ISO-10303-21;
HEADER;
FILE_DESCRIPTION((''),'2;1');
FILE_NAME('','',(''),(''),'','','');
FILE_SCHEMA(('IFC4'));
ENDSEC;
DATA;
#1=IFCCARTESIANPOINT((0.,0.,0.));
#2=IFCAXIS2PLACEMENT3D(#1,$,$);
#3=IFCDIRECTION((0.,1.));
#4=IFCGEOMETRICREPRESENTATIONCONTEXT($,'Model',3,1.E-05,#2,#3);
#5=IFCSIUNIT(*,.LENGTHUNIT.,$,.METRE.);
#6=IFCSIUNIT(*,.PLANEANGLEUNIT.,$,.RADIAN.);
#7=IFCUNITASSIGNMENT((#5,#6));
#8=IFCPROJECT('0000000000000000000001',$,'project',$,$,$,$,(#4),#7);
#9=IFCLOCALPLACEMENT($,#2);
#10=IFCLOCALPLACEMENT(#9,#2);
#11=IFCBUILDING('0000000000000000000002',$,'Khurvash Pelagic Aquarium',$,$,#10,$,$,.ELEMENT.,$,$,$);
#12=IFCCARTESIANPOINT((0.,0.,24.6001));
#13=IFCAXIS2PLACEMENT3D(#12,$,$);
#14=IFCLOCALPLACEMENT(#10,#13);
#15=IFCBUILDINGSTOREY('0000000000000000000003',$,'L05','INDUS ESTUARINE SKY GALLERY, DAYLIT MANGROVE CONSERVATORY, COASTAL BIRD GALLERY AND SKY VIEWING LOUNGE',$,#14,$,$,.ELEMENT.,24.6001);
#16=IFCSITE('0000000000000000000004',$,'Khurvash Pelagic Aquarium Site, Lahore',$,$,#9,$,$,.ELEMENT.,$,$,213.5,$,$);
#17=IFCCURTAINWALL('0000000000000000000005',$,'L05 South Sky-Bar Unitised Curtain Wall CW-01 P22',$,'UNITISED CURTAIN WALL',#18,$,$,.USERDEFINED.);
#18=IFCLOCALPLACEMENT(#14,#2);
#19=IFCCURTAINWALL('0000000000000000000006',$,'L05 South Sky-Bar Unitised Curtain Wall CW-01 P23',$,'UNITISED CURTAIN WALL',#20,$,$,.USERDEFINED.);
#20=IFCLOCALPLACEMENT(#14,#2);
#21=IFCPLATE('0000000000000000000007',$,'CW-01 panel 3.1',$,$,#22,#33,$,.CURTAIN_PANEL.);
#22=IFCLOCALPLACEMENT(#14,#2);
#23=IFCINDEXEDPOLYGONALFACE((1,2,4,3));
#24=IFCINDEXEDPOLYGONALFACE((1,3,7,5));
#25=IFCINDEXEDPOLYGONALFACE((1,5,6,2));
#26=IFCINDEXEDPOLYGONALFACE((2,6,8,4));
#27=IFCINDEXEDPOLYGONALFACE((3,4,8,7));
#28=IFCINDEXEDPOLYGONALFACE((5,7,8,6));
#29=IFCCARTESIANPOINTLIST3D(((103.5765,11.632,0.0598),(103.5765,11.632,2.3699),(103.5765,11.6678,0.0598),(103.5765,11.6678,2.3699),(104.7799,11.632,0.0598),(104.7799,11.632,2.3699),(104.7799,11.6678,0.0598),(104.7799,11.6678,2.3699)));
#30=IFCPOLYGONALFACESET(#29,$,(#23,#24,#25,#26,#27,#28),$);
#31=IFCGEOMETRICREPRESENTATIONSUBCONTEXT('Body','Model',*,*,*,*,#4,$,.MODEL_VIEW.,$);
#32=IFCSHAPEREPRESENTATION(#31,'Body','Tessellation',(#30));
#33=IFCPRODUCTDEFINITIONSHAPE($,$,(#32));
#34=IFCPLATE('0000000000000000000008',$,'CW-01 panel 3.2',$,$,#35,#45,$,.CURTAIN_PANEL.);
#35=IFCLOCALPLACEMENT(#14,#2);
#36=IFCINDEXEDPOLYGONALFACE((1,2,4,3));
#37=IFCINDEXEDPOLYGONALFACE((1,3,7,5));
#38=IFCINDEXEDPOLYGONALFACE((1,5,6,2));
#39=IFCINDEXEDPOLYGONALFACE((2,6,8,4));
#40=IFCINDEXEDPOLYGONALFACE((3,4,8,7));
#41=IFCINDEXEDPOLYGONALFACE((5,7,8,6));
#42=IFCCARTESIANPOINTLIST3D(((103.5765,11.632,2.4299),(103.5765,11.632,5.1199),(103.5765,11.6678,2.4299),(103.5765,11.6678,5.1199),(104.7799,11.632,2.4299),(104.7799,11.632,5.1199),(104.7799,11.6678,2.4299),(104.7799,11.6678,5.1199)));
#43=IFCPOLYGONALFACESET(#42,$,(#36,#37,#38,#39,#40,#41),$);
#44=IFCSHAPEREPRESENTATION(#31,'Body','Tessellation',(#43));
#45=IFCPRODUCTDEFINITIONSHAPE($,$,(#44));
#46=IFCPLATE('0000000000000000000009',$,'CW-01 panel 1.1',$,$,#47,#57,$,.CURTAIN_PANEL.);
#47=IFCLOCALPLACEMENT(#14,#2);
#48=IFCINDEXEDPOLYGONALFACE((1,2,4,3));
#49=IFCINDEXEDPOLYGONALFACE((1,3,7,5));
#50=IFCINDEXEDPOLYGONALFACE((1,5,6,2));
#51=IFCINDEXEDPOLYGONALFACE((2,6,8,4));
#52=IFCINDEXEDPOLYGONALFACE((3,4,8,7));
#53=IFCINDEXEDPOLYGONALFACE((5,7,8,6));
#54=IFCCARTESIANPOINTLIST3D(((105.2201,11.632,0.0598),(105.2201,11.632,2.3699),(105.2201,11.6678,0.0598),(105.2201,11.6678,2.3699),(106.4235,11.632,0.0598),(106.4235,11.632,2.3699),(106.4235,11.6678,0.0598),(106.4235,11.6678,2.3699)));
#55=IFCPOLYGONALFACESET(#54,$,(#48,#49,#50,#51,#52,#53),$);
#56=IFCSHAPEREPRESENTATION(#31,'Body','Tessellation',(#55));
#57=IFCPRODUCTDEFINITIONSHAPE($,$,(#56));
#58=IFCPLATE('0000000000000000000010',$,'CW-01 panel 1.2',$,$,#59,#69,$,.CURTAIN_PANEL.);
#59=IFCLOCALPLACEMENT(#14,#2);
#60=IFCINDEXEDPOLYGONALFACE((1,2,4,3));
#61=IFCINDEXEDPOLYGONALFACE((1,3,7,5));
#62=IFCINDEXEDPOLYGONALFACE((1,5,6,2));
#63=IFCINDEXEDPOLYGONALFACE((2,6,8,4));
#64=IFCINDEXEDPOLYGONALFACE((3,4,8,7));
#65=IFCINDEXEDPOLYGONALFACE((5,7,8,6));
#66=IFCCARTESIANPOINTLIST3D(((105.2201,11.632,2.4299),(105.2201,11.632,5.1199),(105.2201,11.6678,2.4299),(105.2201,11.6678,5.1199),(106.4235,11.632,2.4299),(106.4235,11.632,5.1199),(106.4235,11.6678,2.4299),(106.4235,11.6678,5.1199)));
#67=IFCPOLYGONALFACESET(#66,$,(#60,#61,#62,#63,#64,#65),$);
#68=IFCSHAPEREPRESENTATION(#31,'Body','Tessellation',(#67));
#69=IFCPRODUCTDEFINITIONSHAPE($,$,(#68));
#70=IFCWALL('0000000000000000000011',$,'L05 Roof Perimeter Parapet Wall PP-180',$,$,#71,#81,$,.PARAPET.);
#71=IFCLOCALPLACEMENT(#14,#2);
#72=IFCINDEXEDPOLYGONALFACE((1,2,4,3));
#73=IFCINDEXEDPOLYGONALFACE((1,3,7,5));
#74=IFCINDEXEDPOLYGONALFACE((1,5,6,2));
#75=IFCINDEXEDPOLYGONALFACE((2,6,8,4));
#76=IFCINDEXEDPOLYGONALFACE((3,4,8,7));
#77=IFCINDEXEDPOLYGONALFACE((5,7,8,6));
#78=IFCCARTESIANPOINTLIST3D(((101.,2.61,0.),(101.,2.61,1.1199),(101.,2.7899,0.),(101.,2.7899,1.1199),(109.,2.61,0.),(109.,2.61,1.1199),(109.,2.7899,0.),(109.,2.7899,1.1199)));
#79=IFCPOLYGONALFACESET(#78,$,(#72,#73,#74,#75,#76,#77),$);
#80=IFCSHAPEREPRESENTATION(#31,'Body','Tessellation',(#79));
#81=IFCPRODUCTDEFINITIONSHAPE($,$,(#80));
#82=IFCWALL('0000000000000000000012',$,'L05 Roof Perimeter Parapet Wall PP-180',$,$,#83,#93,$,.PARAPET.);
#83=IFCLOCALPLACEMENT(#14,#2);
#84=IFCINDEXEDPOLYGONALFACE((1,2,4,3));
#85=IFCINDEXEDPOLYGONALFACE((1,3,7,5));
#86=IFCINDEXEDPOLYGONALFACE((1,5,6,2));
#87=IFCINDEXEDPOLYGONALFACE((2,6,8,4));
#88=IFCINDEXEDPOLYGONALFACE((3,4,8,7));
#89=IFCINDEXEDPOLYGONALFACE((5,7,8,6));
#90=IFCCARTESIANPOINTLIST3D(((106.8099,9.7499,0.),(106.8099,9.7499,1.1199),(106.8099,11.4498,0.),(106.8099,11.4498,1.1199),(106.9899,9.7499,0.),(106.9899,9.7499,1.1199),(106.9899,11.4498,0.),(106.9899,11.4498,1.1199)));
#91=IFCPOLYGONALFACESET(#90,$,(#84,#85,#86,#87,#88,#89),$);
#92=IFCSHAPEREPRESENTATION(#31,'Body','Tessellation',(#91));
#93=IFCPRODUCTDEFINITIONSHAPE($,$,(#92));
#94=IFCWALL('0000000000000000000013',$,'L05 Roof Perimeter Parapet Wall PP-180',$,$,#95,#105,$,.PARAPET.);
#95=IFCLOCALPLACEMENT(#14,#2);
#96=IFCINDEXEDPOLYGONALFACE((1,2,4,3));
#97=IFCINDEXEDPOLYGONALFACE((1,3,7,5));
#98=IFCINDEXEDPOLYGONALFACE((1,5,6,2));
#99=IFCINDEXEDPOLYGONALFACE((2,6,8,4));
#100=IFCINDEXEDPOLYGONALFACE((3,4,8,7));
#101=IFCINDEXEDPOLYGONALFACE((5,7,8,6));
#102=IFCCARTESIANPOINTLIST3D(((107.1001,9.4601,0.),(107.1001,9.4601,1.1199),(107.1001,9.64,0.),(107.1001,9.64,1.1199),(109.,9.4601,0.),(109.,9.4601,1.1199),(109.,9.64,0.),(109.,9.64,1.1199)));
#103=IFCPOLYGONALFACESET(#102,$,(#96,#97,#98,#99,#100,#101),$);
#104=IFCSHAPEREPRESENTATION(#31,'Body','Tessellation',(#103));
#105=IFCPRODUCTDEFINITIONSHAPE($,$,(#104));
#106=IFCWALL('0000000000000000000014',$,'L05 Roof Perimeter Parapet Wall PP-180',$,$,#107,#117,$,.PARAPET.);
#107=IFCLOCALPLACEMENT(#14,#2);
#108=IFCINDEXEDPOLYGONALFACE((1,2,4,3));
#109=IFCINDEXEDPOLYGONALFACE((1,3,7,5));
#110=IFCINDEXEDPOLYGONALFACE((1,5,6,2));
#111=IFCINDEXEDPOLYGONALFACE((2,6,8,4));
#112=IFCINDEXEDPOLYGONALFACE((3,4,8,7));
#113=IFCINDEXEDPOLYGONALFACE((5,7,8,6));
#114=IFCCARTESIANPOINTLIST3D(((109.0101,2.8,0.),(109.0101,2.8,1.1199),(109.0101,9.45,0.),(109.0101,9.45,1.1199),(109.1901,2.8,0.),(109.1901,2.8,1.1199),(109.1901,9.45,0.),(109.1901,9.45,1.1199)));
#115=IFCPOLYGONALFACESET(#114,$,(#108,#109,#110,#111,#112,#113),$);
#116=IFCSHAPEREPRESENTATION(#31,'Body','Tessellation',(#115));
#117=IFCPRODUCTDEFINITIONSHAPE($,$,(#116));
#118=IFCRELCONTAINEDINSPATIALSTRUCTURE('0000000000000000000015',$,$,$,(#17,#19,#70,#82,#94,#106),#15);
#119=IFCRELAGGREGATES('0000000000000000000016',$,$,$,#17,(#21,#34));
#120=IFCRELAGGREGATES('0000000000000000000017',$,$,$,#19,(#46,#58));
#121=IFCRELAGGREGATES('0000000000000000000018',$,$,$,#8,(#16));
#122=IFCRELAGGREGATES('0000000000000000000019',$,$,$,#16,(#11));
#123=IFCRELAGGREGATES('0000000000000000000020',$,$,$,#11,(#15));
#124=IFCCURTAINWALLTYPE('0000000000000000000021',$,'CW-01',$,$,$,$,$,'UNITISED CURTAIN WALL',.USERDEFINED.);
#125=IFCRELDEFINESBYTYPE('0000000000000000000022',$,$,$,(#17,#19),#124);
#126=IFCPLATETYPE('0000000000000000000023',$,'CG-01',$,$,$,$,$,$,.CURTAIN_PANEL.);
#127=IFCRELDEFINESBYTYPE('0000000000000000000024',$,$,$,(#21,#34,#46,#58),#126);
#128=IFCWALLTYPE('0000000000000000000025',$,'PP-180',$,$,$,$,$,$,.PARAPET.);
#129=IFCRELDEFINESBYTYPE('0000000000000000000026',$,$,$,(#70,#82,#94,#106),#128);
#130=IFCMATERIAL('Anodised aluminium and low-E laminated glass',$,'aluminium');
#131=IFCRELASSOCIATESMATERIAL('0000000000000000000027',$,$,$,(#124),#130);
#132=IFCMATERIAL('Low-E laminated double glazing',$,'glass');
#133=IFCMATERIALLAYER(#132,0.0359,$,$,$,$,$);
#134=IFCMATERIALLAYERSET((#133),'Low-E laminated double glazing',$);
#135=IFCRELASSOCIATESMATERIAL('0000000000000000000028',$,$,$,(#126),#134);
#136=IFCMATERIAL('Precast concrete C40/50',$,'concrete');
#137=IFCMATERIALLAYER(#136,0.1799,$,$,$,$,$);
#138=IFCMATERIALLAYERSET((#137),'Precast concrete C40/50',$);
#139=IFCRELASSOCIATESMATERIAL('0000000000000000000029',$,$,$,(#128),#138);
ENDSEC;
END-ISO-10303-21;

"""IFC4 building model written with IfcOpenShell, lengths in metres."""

from ifc_helpers import new_model, si_unit, direction, frame, frame_2d, origin, origin_2d, place, context, subcontext, project, spatial, rectangle, extrude, material, layer, layer_set, type_object, element, aggregate, save


model = new_model("IFC4")

# Units and contexts
model_context = context("Model", 3, precision=1e-05, world=origin(), true_north=direction((0.0, 1.0)))
body_context = subcontext(model_context, "Body", "Model", "MODEL_VIEW")
ifc_project = project(units=[si_unit("LENGTHUNIT", "METRE"), si_unit("PLANEANGLEUNIT", "RADIAN")], contexts=[model_context])

# Site, building, storey
site_placement = place(None, origin())
site = spatial("IfcSite", under=ifc_project, at=site_placement, Name="Khurvash Pelagic Aquarium Site, Lahore", CompositionType="ELEMENT", RefElevation=213.5)
building_placement = place(site_placement, origin())
building = spatial("IfcBuilding", under=site, at=building_placement, Name="Khurvash Pelagic Aquarium", CompositionType="ELEMENT")
storey_placement = place(building_placement, frame((0.0, 0.0, 24.6001)))
storey = spatial("IfcBuildingStorey", under=building, at=storey_placement, Name="L05", Description="INDUS ESTUARINE SKY GALLERY, DAYLIT MANGROVE CONSERVATORY, COASTAL BIRD GALLERY AND SKY VIEWING LOUNGE", CompositionType="ELEMENT", Elevation=24.6001)

# Curtain walls
ifc_material_1 = material(Name="Anodised aluminium and low-E laminated glass", Category="aluminium")
curtain_wall_type = type_object("IfcCurtainWallType", Name="CW-01", ElementType="UNITISED CURTAIN WALL", PredefinedType="USERDEFINED", material=ifc_material_1)
curtain_wall_1_placement = place(storey_placement, origin())
curtain_wall_1 = element("IfcCurtainWall", 1, at=curtain_wall_1_placement, inside=storey, type_object=curtain_wall_type, Name="L05 South Sky-Bar Unitised Curtain Wall CW-01 P22", ObjectType="UNITISED CURTAIN WALL", PredefinedType="USERDEFINED")
curtain_wall_2_placement = place(storey_placement, origin())
curtain_wall_2 = element("IfcCurtainWall", 2, at=curtain_wall_2_placement, inside=storey, type_object=curtain_wall_type, Name="L05 South Sky-Bar Unitised Curtain Wall CW-01 P23", ObjectType="UNITISED CURTAIN WALL", PredefinedType="USERDEFINED")

# Plates
ifc_material_2 = material(Name="Low-E laminated double glazing", Category="glass")
ifc_layer_1 = layer(ifc_material_2, 0.0359)
ifc_layer_set_1 = layer_set([ifc_layer_1], Name="Low-E laminated double glazing")
plate_type = type_object("IfcPlateType", Name="CG-01", PredefinedType="CURTAIN_PANEL", material=ifc_layer_set_1)
plate_1_placement = place(storey_placement, frame((104.1782, 11.6499, 0.0598), z_axis=(0.0, 0.0, 1.0), x_axis=(1.0, 0.0, 0.0)))
plate_1 = element("IfcPlate", 3, at=plate_1_placement, type_object=plate_type, Name="CW-01 panel 3.1", PredefinedType="CURTAIN_PANEL", context=body_context, shape_type="SweptSolid", body=[
    extrude(rectangle(XDim=1.2034, YDim=0.0359, at=origin_2d()), origin(), (0.0, 0.0, 1.0), 2.3101),
])
plate_2_placement = place(storey_placement, frame((104.1782, 11.6499, 2.4299), z_axis=(0.0, 0.0, 1.0), x_axis=(1.0, 0.0, 0.0)))
plate_2 = element("IfcPlate", 4, at=plate_2_placement, type_object=plate_type, Name="CW-01 panel 3.2", PredefinedType="CURTAIN_PANEL", context=body_context, shape_type="SweptSolid", body=[
    extrude(rectangle(XDim=1.2034, YDim=0.0359, at=origin_2d()), origin(), (0.0, 0.0, 1.0), 2.6899),
])
aggregate(curtain_wall_1, [plate_1, plate_2])
plate_3_placement = place(storey_placement, frame((105.8218, 11.6499, 0.0598), z_axis=(0.0, 0.0, 1.0), x_axis=(1.0, 0.0, 0.0)))
plate_3 = element("IfcPlate", 5, at=plate_3_placement, type_object=plate_type, Name="CW-01 panel 1.1", PredefinedType="CURTAIN_PANEL", context=body_context, shape_type="SweptSolid", body=[
    extrude(rectangle(XDim=1.2034, YDim=0.0359, at=origin_2d()), origin(), (0.0, 0.0, 1.0), 2.3101),
])
plate_4_placement = place(storey_placement, frame((105.8218, 11.6499, 2.4299), z_axis=(0.0, 0.0, 1.0), x_axis=(1.0, 0.0, 0.0)))
plate_4 = element("IfcPlate", 6, at=plate_4_placement, type_object=plate_type, Name="CW-01 panel 1.2", PredefinedType="CURTAIN_PANEL", context=body_context, shape_type="SweptSolid", body=[
    extrude(rectangle(XDim=1.2034, YDim=0.0359, at=origin_2d()), origin(), (0.0, 0.0, 1.0), 2.6899),
])
aggregate(curtain_wall_2, [plate_3, plate_4])

# Walls
ifc_material_3 = material(Name="Precast concrete C40/50", Category="concrete")
ifc_layer_2 = layer(ifc_material_3, 0.1799)
ifc_layer_set_2 = layer_set([ifc_layer_2], Name="Precast concrete C40/50")
wall_type = type_object("IfcWallType", Name="PP-180", PredefinedType="PARAPET", material=ifc_layer_set_2)
wall_1_placement = place(storey_placement, frame((109.0, 2.7, 0.0), z_axis=(0.0, 0.0, 1.0), x_axis=(-1.0, 0.0, 0.0)))
element("IfcWall", 7, at=wall_1_placement, inside=storey, type_object=wall_type, Name="L05 Roof Perimeter Parapet Wall PP-180", PredefinedType="PARAPET", context=body_context, shape_type="SweptSolid", body=[
    extrude(rectangle(XDim=8.0, YDim=0.1799, at=frame_2d((4.0, 0.0))), origin(), (0.0, 0.0, 1.0), 1.1199),
])
wall_2_placement = place(storey_placement, frame((106.8999, 11.45, 0.0), z_axis=(0.0, 0.0, 1.0), x_axis=(0.0, -1.0, 0.0)))
element("IfcWall", 8, at=wall_2_placement, inside=storey, type_object=wall_type, Name="L05 Roof Perimeter Parapet Wall PP-180", PredefinedType="PARAPET", context=body_context, shape_type="SweptSolid", body=[
    extrude(rectangle(XDim=1.7, YDim=0.1799, at=frame_2d((0.8501, 0.0))), origin(), (0.0, 0.0, 1.0), 1.1199),
])
wall_3_placement = place(storey_placement, frame((107.1001, 9.55, 0.0), z_axis=(0.0, 0.0, 1.0), x_axis=(1.0, 0.0, 0.0)))
element("IfcWall", 9, at=wall_3_placement, inside=storey, type_object=wall_type, Name="L05 Roof Perimeter Parapet Wall PP-180", PredefinedType="PARAPET", context=body_context, shape_type="SweptSolid", body=[
    extrude(rectangle(XDim=1.8999, YDim=0.1799, at=frame_2d((0.95, 0.0))), origin(), (0.0, 0.0, 1.0), 1.1199),
])
wall_4_placement = place(storey_placement, frame((109.1001, 9.45, 0.0), z_axis=(0.0, 0.0, 1.0), x_axis=(0.0, -1.0, 0.0)))
element("IfcWall", 10, at=wall_4_placement, inside=storey, type_object=wall_type, Name="L05 Roof Perimeter Parapet Wall PP-180", PredefinedType="PARAPET", context=body_context, shape_type="SweptSolid", body=[
    extrude(rectangle(XDim=6.6499, YDim=0.1799, at=frame_2d((3.325, 0.0))), origin(), (0.0, 0.0, 1.0), 1.1199),
])

save(model, "model.ifc")
